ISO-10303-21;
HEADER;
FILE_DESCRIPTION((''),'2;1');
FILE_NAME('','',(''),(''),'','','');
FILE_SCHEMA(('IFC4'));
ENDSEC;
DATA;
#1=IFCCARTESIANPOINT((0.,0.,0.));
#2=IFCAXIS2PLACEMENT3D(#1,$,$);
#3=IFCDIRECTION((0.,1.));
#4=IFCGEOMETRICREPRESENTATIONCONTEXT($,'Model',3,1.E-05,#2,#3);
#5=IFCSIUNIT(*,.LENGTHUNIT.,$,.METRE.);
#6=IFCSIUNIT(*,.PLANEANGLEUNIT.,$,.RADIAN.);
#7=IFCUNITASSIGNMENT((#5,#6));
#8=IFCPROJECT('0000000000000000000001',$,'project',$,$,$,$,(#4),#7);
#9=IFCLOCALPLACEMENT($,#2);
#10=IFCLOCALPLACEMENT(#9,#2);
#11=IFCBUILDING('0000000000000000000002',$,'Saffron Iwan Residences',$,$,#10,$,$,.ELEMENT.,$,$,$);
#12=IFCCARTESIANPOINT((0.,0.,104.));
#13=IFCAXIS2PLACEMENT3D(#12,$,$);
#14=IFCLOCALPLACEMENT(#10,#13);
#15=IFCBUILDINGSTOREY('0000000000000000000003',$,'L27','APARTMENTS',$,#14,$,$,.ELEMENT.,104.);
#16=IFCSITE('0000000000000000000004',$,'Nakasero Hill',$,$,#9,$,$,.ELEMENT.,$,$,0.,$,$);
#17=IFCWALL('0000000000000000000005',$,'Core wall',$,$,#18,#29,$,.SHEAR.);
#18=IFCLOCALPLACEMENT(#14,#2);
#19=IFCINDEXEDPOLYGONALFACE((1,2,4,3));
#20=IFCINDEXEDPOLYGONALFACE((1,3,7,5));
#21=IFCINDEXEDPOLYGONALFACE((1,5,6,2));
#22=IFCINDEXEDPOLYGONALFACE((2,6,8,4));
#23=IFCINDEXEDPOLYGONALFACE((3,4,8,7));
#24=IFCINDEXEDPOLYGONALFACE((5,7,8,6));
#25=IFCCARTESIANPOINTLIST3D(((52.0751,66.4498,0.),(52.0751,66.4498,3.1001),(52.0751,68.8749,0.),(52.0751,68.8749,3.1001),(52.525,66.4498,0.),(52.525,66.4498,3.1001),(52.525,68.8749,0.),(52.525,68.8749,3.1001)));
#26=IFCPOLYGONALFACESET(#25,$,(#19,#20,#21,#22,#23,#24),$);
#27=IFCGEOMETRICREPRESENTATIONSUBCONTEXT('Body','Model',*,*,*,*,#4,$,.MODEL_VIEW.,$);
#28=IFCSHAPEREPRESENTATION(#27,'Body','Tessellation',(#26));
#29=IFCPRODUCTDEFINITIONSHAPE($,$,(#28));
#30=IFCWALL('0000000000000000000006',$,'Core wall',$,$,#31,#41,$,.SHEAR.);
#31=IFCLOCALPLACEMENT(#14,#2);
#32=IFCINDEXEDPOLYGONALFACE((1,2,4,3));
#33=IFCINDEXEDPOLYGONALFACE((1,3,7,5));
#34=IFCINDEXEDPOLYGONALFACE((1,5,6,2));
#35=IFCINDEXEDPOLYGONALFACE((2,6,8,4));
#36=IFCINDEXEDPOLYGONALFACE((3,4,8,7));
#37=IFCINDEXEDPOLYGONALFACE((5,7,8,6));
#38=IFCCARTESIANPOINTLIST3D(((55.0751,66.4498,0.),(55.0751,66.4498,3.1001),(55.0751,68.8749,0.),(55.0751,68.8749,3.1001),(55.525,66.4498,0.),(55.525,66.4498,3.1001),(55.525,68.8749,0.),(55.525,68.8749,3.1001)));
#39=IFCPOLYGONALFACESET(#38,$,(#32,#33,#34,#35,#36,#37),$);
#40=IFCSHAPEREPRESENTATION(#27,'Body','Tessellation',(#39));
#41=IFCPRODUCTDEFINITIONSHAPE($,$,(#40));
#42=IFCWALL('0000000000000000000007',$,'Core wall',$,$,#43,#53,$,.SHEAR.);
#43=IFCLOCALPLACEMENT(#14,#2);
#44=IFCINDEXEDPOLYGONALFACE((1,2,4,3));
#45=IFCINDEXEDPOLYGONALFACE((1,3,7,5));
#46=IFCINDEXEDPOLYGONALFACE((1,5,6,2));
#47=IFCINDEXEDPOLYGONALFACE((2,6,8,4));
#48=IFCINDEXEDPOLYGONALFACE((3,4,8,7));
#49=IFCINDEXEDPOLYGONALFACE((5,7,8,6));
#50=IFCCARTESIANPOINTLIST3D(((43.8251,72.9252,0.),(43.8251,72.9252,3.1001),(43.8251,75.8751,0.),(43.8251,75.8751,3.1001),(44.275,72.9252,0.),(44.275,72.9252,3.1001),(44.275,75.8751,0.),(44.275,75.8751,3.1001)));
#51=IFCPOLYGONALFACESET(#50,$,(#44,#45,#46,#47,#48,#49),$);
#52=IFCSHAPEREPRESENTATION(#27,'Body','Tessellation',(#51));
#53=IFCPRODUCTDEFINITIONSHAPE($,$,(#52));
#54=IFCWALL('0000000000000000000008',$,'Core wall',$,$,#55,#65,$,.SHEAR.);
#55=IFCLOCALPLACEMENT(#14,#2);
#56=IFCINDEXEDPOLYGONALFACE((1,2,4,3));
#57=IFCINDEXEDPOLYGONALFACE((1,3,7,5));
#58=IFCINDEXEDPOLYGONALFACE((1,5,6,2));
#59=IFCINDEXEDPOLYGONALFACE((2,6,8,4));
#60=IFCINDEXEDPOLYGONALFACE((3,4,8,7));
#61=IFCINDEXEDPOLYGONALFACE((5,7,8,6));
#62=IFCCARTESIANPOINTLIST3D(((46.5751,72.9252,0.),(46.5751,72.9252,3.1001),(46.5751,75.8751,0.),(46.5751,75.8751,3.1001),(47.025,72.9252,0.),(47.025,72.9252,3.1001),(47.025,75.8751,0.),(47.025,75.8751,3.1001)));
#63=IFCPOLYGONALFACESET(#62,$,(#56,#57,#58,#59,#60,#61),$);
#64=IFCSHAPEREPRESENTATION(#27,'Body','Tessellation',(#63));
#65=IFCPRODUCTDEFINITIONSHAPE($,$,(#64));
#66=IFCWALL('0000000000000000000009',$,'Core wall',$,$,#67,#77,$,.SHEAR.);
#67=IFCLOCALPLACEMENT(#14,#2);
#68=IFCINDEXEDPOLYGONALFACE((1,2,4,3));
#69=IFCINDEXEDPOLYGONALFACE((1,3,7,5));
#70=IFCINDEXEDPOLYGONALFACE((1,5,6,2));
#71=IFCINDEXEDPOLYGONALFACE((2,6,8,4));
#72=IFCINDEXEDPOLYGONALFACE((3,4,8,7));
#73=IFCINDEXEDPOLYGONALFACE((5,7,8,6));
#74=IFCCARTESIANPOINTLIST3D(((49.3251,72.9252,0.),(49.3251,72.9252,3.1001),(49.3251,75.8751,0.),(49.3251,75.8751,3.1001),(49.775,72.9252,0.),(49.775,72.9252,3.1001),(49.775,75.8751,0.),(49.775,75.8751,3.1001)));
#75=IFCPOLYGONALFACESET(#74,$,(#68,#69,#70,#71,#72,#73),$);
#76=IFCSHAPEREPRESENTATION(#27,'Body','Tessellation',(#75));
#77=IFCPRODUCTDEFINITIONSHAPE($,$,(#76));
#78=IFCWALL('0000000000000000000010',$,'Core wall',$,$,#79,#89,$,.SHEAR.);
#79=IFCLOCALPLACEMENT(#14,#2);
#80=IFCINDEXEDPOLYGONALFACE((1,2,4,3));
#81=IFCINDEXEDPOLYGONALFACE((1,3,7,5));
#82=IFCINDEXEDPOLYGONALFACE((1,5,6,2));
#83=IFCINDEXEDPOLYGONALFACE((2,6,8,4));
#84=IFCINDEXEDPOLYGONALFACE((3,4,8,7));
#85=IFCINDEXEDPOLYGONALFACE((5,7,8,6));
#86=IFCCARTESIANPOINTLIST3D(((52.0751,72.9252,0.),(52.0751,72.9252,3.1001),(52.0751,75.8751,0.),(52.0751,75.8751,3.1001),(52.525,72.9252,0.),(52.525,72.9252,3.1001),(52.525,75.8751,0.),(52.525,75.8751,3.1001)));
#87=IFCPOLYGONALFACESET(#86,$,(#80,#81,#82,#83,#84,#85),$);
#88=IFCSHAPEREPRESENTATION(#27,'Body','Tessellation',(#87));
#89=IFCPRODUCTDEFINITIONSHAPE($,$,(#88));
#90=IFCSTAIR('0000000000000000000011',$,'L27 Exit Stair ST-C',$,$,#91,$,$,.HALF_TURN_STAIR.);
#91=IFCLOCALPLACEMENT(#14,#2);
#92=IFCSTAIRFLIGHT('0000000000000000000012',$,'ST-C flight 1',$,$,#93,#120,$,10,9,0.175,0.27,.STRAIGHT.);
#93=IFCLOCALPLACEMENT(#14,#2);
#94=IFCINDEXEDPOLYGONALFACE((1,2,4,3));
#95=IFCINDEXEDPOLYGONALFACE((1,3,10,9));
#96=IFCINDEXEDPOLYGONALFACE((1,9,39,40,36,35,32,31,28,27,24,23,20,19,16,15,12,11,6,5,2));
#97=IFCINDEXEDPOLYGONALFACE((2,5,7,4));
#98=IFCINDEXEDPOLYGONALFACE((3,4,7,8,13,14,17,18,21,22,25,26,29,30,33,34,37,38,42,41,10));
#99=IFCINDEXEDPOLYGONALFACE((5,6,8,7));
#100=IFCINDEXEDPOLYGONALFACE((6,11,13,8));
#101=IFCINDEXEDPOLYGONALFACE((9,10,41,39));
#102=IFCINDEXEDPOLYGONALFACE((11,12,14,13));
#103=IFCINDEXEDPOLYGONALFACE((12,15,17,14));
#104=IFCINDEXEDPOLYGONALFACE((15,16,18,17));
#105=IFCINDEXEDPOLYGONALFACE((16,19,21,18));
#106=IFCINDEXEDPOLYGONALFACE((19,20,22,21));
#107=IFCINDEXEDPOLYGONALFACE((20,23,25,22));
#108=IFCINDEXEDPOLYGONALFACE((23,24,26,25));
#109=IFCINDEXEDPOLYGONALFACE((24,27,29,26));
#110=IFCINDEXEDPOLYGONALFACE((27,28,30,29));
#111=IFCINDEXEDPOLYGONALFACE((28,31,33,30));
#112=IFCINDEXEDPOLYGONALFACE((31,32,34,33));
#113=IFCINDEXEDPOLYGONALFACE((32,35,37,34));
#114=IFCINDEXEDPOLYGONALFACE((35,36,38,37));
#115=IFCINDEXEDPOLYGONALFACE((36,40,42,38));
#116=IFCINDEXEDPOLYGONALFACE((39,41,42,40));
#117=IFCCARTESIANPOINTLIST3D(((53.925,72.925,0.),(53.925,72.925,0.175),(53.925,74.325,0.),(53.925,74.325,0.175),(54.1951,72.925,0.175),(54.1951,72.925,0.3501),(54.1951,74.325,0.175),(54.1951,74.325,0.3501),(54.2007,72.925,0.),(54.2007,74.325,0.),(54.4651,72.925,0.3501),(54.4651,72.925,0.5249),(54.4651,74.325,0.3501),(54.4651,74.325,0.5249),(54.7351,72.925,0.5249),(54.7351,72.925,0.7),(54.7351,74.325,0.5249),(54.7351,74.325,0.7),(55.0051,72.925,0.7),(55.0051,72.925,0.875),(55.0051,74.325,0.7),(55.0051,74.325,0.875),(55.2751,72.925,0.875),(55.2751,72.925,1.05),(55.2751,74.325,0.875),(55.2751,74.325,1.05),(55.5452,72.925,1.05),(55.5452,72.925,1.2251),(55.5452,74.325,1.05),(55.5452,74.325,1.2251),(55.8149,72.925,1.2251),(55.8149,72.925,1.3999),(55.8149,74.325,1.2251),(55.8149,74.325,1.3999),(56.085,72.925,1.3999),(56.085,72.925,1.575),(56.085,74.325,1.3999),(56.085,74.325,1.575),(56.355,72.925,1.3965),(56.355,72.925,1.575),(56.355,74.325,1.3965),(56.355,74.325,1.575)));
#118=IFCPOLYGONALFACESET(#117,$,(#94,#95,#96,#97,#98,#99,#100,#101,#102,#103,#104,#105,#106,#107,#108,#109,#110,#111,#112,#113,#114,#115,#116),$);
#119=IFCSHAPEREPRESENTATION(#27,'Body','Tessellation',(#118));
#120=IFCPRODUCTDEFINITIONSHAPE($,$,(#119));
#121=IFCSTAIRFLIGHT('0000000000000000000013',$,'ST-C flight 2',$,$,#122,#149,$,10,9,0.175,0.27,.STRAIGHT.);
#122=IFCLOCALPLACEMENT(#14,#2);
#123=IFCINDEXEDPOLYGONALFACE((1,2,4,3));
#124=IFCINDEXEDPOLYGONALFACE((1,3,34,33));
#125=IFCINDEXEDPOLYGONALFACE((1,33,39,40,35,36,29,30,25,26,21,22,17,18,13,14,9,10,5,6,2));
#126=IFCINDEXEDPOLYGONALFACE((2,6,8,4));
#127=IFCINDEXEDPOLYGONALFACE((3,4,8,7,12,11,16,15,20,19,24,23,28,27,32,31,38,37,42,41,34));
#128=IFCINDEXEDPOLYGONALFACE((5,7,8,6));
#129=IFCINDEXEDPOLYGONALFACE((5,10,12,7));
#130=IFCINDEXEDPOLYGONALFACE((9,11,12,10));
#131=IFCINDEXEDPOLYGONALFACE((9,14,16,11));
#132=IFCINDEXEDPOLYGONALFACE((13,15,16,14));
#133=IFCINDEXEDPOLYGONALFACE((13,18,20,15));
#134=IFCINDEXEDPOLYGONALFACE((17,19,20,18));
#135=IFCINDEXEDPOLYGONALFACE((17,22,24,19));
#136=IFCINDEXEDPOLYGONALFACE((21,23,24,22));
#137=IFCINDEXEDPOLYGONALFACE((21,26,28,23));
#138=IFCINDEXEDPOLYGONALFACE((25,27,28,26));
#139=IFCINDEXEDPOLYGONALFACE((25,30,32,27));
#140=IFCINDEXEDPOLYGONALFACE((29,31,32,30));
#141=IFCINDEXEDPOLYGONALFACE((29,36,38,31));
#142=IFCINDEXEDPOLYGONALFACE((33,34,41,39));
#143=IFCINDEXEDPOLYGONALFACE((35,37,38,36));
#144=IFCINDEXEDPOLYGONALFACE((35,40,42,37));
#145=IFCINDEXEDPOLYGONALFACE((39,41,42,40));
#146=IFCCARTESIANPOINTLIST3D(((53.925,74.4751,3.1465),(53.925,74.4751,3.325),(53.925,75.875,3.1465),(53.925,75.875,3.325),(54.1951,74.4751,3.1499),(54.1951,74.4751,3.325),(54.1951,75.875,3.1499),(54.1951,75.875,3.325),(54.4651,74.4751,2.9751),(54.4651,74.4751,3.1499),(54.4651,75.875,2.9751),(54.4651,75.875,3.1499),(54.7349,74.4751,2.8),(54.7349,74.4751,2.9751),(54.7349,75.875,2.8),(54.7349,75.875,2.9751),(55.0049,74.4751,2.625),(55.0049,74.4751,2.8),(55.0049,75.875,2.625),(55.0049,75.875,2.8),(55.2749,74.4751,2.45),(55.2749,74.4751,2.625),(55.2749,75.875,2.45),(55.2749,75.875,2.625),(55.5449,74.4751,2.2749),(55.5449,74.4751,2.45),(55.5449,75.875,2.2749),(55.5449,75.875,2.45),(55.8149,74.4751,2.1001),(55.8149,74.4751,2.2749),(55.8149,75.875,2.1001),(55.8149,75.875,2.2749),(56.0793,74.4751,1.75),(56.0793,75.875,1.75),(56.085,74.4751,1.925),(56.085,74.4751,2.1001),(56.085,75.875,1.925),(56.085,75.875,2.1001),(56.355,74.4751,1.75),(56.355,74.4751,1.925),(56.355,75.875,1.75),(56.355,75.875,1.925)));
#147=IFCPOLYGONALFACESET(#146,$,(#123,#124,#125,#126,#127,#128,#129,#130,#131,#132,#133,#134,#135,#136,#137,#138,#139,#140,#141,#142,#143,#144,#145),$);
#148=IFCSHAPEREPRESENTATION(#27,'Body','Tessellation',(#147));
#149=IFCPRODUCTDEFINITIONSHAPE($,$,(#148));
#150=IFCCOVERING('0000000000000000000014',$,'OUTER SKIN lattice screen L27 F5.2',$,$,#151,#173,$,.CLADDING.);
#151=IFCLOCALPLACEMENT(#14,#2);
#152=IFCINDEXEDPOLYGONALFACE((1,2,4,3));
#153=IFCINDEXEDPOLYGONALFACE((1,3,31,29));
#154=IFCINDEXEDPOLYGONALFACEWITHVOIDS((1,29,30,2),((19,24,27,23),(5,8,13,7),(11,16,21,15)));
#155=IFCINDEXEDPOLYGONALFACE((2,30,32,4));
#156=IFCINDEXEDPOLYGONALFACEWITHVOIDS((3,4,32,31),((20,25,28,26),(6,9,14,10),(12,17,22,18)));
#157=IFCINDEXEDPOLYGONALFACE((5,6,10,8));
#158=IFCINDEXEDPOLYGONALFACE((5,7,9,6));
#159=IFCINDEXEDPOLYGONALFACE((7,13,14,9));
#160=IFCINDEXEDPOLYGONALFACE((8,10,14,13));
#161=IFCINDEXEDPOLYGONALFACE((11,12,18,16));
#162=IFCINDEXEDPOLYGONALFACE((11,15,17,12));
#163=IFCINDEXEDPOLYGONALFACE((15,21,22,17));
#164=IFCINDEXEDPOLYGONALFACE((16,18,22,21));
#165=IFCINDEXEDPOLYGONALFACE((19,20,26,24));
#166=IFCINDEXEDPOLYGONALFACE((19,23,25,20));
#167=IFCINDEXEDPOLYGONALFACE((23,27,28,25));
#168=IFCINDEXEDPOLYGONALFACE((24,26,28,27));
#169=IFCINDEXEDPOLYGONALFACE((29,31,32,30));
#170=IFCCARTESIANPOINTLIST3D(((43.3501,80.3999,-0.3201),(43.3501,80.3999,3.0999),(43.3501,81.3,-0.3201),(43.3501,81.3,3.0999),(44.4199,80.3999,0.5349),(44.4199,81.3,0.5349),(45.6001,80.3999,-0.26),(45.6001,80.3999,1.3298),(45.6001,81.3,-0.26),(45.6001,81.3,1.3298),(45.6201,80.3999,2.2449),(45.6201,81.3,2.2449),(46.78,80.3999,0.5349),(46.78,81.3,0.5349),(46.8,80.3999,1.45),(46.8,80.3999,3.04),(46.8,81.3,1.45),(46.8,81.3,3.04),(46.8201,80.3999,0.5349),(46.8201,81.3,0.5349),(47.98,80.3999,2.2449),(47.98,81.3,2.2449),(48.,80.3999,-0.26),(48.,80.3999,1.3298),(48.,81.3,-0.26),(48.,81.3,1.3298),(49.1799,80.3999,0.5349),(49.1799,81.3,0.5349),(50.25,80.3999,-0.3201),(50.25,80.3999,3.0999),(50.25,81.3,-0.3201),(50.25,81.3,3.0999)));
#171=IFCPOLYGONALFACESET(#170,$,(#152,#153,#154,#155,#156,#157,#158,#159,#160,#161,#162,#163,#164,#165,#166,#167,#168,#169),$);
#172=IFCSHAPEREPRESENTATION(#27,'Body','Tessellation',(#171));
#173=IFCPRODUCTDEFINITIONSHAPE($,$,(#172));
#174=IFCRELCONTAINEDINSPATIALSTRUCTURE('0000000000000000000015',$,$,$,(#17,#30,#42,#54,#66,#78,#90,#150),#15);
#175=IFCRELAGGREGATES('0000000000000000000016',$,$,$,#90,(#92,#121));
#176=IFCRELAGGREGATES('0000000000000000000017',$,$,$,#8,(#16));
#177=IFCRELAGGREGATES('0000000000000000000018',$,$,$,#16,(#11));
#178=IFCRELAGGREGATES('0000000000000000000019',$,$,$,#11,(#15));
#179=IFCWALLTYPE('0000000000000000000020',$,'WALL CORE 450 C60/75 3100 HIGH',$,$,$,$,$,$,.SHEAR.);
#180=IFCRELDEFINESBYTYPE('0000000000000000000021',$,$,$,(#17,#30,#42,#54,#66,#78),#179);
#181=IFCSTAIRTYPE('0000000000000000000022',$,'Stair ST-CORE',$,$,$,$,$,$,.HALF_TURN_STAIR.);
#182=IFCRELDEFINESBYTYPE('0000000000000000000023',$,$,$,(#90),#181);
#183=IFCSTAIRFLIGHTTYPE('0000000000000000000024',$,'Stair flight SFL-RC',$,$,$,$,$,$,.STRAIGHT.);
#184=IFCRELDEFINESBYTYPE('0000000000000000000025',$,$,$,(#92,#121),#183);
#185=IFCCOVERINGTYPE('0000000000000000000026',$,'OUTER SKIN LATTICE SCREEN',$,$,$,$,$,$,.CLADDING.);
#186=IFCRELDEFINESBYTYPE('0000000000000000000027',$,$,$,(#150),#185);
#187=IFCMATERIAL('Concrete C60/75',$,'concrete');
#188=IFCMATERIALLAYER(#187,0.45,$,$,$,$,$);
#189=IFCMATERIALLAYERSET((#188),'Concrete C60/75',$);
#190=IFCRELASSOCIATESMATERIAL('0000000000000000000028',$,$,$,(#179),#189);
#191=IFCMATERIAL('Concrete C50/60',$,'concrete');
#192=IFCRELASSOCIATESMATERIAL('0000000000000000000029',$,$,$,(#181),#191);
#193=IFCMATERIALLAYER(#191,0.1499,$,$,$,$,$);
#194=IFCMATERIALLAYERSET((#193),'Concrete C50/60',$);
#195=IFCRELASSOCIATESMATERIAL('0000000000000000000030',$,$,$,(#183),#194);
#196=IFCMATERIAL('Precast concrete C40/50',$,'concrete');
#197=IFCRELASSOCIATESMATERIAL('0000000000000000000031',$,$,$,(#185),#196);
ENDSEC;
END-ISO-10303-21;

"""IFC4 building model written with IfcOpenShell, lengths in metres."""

from ifc_helpers import new_model, si_unit, direction, frame, frame_2d, origin, place, context, subcontext, project, spatial, polyline, rectangle, outline, extrude, material, layer, layer_set, type_object, element, aggregate, save


model = new_model("IFC4")

# Units and contexts
model_context = context("Model", 3, precision=1e-05, world=origin(), true_north=direction((0.0, 1.0)))
body_context = subcontext(model_context, "Body", "Model", "MODEL_VIEW")
ifc_project = project(units=[si_unit("LENGTHUNIT", "METRE"), si_unit("PLANEANGLEUNIT", "RADIAN")], contexts=[model_context])

# Site, building, storey
site_placement = place(None, origin())
site = spatial("IfcSite", under=ifc_project, at=site_placement, Name="Nakasero Hill", CompositionType="ELEMENT", RefElevation=0.0)
building_placement = place(site_placement, origin())
building = spatial("IfcBuilding", under=site, at=building_placement, Name="Saffron Iwan Residences", CompositionType="ELEMENT")
storey_placement = place(building_placement, frame((0.0, 0.0, 104.0)))
storey = spatial("IfcBuildingStorey", under=building, at=storey_placement, Name="L27", Description="APARTMENTS", CompositionType="ELEMENT", Elevation=104.0)

# Shared definitions
ifc_material_1 = material(Name="Concrete C60/75", Category="concrete")

# Walls
ifc_layer_1 = layer(ifc_material_1, 0.45)
ifc_layer_set_1 = layer_set([ifc_layer_1], Name="Concrete C60/75")
wall_type_1 = type_object("IfcWallType", Name="WALL CORE 450 C60/75 3100 HIGH", PredefinedType="SHEAR", material=ifc_layer_set_1)
for number, where, z_axis, x_axis, name in (
    (1, (52.3, 66.45, 0.0), (0.0, 0.0, 1.0), (0.0, 1.0, 0.0), "Core wall"),
    (2, (55.3, 66.45, 0.0), (0.0, 0.0, 1.0), (0.0, 1.0, 0.0), "Core wall"),
):
    element("IfcWall", number, at=place(storey_placement, frame(where, z_axis=z_axis, x_axis=x_axis)), inside=storey, type_object=wall_type_1, Name=name, PredefinedType="SHEAR", context=body_context, shape_type="SweptSolid", body=[
        extrude(rectangle(XDim=2.425, YDim=0.45, at=frame_2d((1.2124, 0.0))), origin(), (0.0, 0.0, 1.0), 3.1001),
    ])
for number, where, z_axis, x_axis, name in (
    (3, (44.05, 72.925, 0.0), (0.0, 0.0, 1.0), (0.0, 1.0, 0.0), "Core wall"),
    (4, (46.8, 72.925, 0.0), (0.0, 0.0, 1.0), (0.0, 1.0, 0.0), "Core wall"),
    (5, (49.55, 72.925, 0.0), (0.0, 0.0, 1.0), (0.0, 1.0, 0.0), "Core wall"),
    (6, (52.3, 72.925, 0.0), (0.0, 0.0, 1.0), (0.0, 1.0, 0.0), "Core wall"),
):
    element("IfcWall", number, at=place(storey_placement, frame(where, z_axis=z_axis, x_axis=x_axis)), inside=storey, type_object=wall_type_1, Name=name, PredefinedType="SHEAR", context=body_context, shape_type="SweptSolid", body=[
        extrude(rectangle(XDim=2.95, YDim=0.45, at=frame_2d((1.4751, 0.0))), origin(), (0.0, 0.0, 1.0), 3.1001),
    ])

# Stair, stair flights
ifc_material_2 = material(Name="Concrete C50/60", Category="concrete")
stair_type = type_object("IfcStairType", Name="Stair ST-CORE", PredefinedType="HALF_TURN_STAIR", material=ifc_material_2)
stair_placement = place(storey_placement, origin())
stair = element("IfcStair", 7, at=stair_placement, inside=storey, type_object=stair_type, Name="L27 Exit Stair ST-C", PredefinedType="HALF_TURN_STAIR")
ifc_layer_2 = layer(ifc_material_2, 0.1499)
ifc_layer_set_2 = layer_set([ifc_layer_2], Name="Concrete C50/60")
stair_flight_type = type_object("IfcStairFlightType", Name="Stair flight SFL-RC", PredefinedType="STRAIGHT", material=ifc_layer_set_2)
stair_flight_1_placement = place(storey_placement, frame((53.925, 73.625, 0.0), z_axis=(0.0, 0.0, 1.0), x_axis=(1.0, 0.0, 0.0)))
stair_flight_1 = element("IfcStairFlight", 8, at=stair_flight_1_placement, type_object=stair_flight_type, Name="ST-C flight 1", NumberOfRisers=10, NumberOfTreads=9, PredefinedType="STRAIGHT", RiserHeight=0.175, TreadLength=0.27, context=body_context, shape_type="SweptSolid", body=[
    extrude(outline(polyline([(0.0, 0.0), (0.0, 0.175), (0.27, 0.175), (0.27, 0.3501), (0.54, 0.3501), (0.54, 0.5249), (0.8101, 0.5249), (0.8101, 0.7), (1.0801, 0.7), (1.0801, 0.875), (1.3501, 0.875), (1.3501, 1.05), (1.6201, 1.05), (1.6201, 1.2251), (1.8899, 1.2251), (1.8899, 1.3999), (2.1599, 1.3999), (2.1599, 1.575), (2.4299, 1.575), (2.4299, 1.75), (2.4299, 1.3965), (0.2756, 0.0), (0.0, 0.0)])), frame((0.0, 0.7, 0.0), z_axis=(0.0, -1.0, 0.0), x_axis=(1.0, 0.0, 0.0)), (0.0, 0.0, 1.0), 1.3999),
])
stair_flight_2_placement = place(storey_placement, frame((56.355, 75.175, 1.75), z_axis=(0.0, 0.0, 1.0), x_axis=(-1.0, 0.0, 0.0)))
stair_flight_2 = element("IfcStairFlight", 9, at=stair_flight_2_placement, type_object=stair_flight_type, Name="ST-C flight 2", NumberOfRisers=10, NumberOfTreads=9, PredefinedType="STRAIGHT", RiserHeight=0.175, TreadLength=0.27, context=body_context, shape_type="SweptSolid", body=[
    extrude(outline(polyline([(0.0, 0.0), (0.0, 0.175), (0.27, 0.175), (0.27, 0.3501), (0.54, 0.3501), (0.54, 0.5249), (0.8101, 0.5249), (0.8101, 0.7), (1.0801, 0.7), (1.0801, 0.875), (1.3501, 0.875), (1.3501, 1.05), (1.6201, 1.05), (1.6201, 1.2251), (1.8899, 1.2251), (1.8899, 1.3999), (2.1599, 1.3999), (2.1599, 1.575), (2.4299, 1.575), (2.4299, 1.75), (2.4299, 1.3965), (0.2756, 0.0), (0.0, 0.0)])), frame((0.0, 0.7, 0.0), z_axis=(0.0, -1.0, 0.0), x_axis=(1.0, 0.0, 0.0)), (0.0, 0.0, 1.0), 1.3999),
])
aggregate(stair, [stair_flight_1, stair_flight_2])

# Covering
ifc_material_3 = material(Name="Precast concrete C40/50", Category="concrete")
covering_type_1 = type_object("IfcCoveringType", Name="OUTER SKIN LATTICE SCREEN", PredefinedType="CLADDING", material=ifc_material_3)
covering_1_placement = place(storey_placement, frame((50.25, 80.3999, -0.3201), z_axis=(0.0, 1.0, 0.0), x_axis=(-1.0, 0.0, 0.0)))
element("IfcCovering", 10, at=covering_1_placement, inside=storey, type_object=covering_type_1, Name="OUTER SKIN lattice screen L27 F5.2", PredefinedType="CLADDING", context=body_context, shape_type="SweptSolid", body=[
    extrude(outline(polyline([(0.0, 0.0), (6.8999, 0.0), (6.8999, 3.4199), (0.0, 3.4199), (0.0, 0.0)]), holes=[polyline([(1.0701, 0.855), (2.25, 0.0601), (3.4299, 0.855), (2.25, 1.6499), (1.0701, 0.855)]), polyline([(3.47, 0.855), (4.6499, 0.0601), (5.8301, 0.855), (4.6499, 1.6499), (3.47, 0.855)]), polyline([(2.27, 2.5649), (3.45, 1.77), (4.6299, 2.5649), (3.45, 3.3601), (2.27, 2.5649)])]), origin(), (0.0, 0.0, 1.0), 0.9001),
])

save(model, "model.ifc")
